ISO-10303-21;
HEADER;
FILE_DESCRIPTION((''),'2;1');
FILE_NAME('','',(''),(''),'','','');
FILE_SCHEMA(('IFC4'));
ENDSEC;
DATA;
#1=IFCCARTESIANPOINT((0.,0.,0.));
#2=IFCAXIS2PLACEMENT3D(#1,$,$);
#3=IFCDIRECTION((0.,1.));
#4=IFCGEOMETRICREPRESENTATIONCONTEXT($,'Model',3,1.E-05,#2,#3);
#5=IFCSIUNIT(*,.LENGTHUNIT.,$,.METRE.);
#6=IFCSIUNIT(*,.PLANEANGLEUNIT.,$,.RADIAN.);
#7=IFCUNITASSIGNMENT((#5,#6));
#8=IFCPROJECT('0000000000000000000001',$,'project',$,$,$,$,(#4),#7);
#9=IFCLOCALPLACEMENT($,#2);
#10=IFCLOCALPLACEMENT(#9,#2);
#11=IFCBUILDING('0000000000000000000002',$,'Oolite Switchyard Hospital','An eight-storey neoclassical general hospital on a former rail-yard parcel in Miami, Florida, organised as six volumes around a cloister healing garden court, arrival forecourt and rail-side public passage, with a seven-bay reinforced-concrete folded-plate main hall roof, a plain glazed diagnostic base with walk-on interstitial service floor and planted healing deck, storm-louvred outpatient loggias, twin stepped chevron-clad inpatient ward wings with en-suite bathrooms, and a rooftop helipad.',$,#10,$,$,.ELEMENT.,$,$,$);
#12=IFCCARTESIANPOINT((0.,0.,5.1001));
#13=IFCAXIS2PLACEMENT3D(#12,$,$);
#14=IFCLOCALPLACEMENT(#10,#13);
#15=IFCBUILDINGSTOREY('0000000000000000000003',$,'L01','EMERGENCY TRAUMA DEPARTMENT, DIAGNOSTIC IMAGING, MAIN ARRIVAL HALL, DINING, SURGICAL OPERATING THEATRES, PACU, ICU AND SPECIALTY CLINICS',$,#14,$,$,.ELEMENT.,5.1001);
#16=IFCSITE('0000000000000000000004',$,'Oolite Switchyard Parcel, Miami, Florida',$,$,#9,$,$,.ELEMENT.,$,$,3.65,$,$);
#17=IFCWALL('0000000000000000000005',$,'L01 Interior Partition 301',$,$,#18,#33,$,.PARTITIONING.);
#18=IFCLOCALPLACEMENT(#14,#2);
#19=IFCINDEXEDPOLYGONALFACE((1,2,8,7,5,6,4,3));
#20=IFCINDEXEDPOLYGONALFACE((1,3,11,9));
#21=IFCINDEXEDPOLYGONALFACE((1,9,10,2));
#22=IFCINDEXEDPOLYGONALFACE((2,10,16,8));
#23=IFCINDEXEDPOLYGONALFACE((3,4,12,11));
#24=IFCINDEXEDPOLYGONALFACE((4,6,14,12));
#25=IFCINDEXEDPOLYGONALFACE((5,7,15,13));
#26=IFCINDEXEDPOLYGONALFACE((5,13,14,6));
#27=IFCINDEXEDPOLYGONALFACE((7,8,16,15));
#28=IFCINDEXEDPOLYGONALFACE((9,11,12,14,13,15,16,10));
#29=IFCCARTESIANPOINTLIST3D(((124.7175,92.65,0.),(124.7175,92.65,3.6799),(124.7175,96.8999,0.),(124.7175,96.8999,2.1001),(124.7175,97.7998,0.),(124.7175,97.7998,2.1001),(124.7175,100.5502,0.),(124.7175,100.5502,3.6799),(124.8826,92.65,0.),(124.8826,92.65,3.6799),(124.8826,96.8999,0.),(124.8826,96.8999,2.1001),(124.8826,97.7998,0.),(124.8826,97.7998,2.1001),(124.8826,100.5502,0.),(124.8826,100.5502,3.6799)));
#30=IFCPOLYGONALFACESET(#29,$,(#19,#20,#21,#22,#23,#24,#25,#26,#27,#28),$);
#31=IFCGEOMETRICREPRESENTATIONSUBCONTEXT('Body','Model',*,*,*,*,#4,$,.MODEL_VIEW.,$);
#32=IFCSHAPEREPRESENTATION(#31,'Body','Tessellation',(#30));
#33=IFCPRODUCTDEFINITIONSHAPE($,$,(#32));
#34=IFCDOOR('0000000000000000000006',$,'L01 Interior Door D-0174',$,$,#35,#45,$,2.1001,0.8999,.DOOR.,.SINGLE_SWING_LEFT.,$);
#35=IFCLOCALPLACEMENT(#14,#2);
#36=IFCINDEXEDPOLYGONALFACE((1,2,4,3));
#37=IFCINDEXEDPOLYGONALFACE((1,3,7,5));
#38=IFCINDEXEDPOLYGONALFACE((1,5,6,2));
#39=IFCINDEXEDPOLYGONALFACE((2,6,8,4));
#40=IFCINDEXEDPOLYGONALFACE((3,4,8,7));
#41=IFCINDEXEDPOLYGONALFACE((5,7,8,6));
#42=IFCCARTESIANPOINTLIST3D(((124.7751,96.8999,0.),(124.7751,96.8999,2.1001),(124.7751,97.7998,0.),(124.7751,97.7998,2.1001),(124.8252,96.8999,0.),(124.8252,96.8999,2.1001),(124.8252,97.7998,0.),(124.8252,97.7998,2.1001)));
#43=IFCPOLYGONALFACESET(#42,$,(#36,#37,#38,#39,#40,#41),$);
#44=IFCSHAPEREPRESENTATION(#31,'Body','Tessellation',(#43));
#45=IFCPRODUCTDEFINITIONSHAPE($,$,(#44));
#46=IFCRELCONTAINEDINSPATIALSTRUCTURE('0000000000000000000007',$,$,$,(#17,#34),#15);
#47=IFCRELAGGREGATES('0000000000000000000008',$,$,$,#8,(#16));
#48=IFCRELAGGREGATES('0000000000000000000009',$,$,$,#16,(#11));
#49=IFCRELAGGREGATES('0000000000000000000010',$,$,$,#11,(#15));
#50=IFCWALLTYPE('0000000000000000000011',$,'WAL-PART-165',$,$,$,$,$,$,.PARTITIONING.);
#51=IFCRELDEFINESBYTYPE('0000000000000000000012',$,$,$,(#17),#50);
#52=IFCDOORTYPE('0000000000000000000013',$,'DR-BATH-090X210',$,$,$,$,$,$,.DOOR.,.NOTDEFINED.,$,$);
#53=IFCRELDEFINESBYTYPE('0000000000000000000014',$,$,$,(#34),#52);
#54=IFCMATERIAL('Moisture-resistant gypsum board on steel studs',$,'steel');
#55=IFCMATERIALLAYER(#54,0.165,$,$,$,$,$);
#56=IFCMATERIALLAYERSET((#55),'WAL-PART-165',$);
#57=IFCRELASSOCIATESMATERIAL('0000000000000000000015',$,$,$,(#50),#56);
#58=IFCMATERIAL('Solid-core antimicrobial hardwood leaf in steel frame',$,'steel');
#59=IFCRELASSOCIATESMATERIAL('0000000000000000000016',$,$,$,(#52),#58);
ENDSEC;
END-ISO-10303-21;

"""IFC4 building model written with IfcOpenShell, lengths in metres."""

from ifc_helpers import new_model, si_unit, direction, frame, frame_2d, origin, place, context, subcontext, project, spatial, rectangle, extrude, material, layer, layer_set, type_object, element, fill, save


model = new_model("IFC4")

# Units and contexts
model_context = context("Model", 3, precision=1e-05, world=origin(), true_north=direction((0.0, 1.0)))
body_context = subcontext(model_context, "Body", "Model", "MODEL_VIEW")
ifc_project = project(units=[si_unit("LENGTHUNIT", "METRE"), si_unit("PLANEANGLEUNIT", "RADIAN")], contexts=[model_context])

# Site, building, storey
site_placement = place(None, origin())
site = spatial("IfcSite", under=ifc_project, at=site_placement, Name="Oolite Switchyard Parcel, Miami, Florida", CompositionType="ELEMENT", RefElevation=3.65)
building_placement = place(site_placement, origin())
building = spatial("IfcBuilding", under=site, at=building_placement, Name="Oolite Switchyard Hospital", Description="An eight-storey neoclassical general hospital on a former rail-yard parcel in Miami, Florida, organised as six volumes around a cloister healing garden court, arrival forecourt and rail-side public passage, with a seven-bay reinforced-concrete folded-plate main hall roof, a plain glazed diagnostic base with walk-on interstitial service floor and planted healing deck, storm-louvred outpatient loggias, twin stepped chevron-clad inpatient ward wings with en-suite bathrooms, and a rooftop helipad.", CompositionType="ELEMENT")
storey_placement = place(building_placement, frame((0.0, 0.0, 5.1001)))
storey = spatial("IfcBuildingStorey", under=building, at=storey_placement, Name="L01", Description="EMERGENCY TRAUMA DEPARTMENT, DIAGNOSTIC IMAGING, MAIN ARRIVAL HALL, DINING, SURGICAL OPERATING THEATRES, PACU, ICU AND SPECIALTY CLINICS", CompositionType="ELEMENT", Elevation=5.1001)

# Shared definitions
ifc_material_1 = material(Name="Moisture-resistant gypsum board on steel studs", Category="steel")

# Wall, opening, door
ifc_layer_1 = layer(ifc_material_1, 0.165)
ifc_layer_set_1 = layer_set([ifc_layer_1], Name="WAL-PART-165")
wall_type_1 = type_object("IfcWallType", Name="WAL-PART-165", PredefinedType="PARTITIONING", material=ifc_layer_set_1)
wall_1_placement = place(storey_placement, frame((124.8, 92.6499, 0.0), z_axis=(0.0, 0.0, 1.0), x_axis=(0.0, 1.0, 0.0)))
wall_1 = element("IfcWall", 1, at=wall_1_placement, inside=storey, type_object=wall_type_1, Name="L01 Interior Partition 301", PredefinedType="PARTITIONING", context=body_context, shape_type="SweptSolid", body=[
    extrude(rectangle(XDim=7.9001, YDim=0.165, at=frame_2d((3.9502, 0.0))), origin(), (0.0, 0.0, 1.0), 3.6799),
])
opening_placement = place(wall_1_placement, frame((4.25, 0.0, 0.0)))
opening = element("IfcOpeningElement", 2, at=opening_placement, cuts=wall_1, PredefinedType="OPENING", context=body_context, shape_type="SweptSolid", body=[
    extrude(rectangle(XDim=0.8999, YDim=2.1001, at=frame_2d((0.45, 1.05))), frame((0.0, 0.0925, 0.0), z_axis=(0.0, -1.0, 0.0), x_axis=(1.0, 0.0, 0.0)), (0.0, 0.0, 1.0), 0.1851),
])
ifc_material_2 = material(Name="Solid-core antimicrobial hardwood leaf in steel frame", Category="steel")
door_type = type_object("IfcDoorType", Name="DR-BATH-090X210", OperationType="NOTDEFINED", PredefinedType="DOOR", material=ifc_material_2)
door_placement = place(opening_placement, origin())
door = element("IfcDoor", 3, at=door_placement, inside=storey, type_object=door_type, Name="L01 Interior Door D-0174", OperationType="SINGLE_SWING_LEFT", OverallHeight=2.1001, OverallWidth=0.8999, PredefinedType="DOOR", context=body_context, shape_type="SweptSolid", body=[
    extrude(rectangle(XDim=0.8999, YDim=2.1001, at=frame_2d((0.45, 1.05))), frame((0.0, 0.0249, 0.0), z_axis=(0.0, -1.0, 0.0), x_axis=(1.0, 0.0, 0.0)), (0.0, 0.0, 1.0), 0.05),
])
fill(opening, door)

save(model, "model.ifc")
